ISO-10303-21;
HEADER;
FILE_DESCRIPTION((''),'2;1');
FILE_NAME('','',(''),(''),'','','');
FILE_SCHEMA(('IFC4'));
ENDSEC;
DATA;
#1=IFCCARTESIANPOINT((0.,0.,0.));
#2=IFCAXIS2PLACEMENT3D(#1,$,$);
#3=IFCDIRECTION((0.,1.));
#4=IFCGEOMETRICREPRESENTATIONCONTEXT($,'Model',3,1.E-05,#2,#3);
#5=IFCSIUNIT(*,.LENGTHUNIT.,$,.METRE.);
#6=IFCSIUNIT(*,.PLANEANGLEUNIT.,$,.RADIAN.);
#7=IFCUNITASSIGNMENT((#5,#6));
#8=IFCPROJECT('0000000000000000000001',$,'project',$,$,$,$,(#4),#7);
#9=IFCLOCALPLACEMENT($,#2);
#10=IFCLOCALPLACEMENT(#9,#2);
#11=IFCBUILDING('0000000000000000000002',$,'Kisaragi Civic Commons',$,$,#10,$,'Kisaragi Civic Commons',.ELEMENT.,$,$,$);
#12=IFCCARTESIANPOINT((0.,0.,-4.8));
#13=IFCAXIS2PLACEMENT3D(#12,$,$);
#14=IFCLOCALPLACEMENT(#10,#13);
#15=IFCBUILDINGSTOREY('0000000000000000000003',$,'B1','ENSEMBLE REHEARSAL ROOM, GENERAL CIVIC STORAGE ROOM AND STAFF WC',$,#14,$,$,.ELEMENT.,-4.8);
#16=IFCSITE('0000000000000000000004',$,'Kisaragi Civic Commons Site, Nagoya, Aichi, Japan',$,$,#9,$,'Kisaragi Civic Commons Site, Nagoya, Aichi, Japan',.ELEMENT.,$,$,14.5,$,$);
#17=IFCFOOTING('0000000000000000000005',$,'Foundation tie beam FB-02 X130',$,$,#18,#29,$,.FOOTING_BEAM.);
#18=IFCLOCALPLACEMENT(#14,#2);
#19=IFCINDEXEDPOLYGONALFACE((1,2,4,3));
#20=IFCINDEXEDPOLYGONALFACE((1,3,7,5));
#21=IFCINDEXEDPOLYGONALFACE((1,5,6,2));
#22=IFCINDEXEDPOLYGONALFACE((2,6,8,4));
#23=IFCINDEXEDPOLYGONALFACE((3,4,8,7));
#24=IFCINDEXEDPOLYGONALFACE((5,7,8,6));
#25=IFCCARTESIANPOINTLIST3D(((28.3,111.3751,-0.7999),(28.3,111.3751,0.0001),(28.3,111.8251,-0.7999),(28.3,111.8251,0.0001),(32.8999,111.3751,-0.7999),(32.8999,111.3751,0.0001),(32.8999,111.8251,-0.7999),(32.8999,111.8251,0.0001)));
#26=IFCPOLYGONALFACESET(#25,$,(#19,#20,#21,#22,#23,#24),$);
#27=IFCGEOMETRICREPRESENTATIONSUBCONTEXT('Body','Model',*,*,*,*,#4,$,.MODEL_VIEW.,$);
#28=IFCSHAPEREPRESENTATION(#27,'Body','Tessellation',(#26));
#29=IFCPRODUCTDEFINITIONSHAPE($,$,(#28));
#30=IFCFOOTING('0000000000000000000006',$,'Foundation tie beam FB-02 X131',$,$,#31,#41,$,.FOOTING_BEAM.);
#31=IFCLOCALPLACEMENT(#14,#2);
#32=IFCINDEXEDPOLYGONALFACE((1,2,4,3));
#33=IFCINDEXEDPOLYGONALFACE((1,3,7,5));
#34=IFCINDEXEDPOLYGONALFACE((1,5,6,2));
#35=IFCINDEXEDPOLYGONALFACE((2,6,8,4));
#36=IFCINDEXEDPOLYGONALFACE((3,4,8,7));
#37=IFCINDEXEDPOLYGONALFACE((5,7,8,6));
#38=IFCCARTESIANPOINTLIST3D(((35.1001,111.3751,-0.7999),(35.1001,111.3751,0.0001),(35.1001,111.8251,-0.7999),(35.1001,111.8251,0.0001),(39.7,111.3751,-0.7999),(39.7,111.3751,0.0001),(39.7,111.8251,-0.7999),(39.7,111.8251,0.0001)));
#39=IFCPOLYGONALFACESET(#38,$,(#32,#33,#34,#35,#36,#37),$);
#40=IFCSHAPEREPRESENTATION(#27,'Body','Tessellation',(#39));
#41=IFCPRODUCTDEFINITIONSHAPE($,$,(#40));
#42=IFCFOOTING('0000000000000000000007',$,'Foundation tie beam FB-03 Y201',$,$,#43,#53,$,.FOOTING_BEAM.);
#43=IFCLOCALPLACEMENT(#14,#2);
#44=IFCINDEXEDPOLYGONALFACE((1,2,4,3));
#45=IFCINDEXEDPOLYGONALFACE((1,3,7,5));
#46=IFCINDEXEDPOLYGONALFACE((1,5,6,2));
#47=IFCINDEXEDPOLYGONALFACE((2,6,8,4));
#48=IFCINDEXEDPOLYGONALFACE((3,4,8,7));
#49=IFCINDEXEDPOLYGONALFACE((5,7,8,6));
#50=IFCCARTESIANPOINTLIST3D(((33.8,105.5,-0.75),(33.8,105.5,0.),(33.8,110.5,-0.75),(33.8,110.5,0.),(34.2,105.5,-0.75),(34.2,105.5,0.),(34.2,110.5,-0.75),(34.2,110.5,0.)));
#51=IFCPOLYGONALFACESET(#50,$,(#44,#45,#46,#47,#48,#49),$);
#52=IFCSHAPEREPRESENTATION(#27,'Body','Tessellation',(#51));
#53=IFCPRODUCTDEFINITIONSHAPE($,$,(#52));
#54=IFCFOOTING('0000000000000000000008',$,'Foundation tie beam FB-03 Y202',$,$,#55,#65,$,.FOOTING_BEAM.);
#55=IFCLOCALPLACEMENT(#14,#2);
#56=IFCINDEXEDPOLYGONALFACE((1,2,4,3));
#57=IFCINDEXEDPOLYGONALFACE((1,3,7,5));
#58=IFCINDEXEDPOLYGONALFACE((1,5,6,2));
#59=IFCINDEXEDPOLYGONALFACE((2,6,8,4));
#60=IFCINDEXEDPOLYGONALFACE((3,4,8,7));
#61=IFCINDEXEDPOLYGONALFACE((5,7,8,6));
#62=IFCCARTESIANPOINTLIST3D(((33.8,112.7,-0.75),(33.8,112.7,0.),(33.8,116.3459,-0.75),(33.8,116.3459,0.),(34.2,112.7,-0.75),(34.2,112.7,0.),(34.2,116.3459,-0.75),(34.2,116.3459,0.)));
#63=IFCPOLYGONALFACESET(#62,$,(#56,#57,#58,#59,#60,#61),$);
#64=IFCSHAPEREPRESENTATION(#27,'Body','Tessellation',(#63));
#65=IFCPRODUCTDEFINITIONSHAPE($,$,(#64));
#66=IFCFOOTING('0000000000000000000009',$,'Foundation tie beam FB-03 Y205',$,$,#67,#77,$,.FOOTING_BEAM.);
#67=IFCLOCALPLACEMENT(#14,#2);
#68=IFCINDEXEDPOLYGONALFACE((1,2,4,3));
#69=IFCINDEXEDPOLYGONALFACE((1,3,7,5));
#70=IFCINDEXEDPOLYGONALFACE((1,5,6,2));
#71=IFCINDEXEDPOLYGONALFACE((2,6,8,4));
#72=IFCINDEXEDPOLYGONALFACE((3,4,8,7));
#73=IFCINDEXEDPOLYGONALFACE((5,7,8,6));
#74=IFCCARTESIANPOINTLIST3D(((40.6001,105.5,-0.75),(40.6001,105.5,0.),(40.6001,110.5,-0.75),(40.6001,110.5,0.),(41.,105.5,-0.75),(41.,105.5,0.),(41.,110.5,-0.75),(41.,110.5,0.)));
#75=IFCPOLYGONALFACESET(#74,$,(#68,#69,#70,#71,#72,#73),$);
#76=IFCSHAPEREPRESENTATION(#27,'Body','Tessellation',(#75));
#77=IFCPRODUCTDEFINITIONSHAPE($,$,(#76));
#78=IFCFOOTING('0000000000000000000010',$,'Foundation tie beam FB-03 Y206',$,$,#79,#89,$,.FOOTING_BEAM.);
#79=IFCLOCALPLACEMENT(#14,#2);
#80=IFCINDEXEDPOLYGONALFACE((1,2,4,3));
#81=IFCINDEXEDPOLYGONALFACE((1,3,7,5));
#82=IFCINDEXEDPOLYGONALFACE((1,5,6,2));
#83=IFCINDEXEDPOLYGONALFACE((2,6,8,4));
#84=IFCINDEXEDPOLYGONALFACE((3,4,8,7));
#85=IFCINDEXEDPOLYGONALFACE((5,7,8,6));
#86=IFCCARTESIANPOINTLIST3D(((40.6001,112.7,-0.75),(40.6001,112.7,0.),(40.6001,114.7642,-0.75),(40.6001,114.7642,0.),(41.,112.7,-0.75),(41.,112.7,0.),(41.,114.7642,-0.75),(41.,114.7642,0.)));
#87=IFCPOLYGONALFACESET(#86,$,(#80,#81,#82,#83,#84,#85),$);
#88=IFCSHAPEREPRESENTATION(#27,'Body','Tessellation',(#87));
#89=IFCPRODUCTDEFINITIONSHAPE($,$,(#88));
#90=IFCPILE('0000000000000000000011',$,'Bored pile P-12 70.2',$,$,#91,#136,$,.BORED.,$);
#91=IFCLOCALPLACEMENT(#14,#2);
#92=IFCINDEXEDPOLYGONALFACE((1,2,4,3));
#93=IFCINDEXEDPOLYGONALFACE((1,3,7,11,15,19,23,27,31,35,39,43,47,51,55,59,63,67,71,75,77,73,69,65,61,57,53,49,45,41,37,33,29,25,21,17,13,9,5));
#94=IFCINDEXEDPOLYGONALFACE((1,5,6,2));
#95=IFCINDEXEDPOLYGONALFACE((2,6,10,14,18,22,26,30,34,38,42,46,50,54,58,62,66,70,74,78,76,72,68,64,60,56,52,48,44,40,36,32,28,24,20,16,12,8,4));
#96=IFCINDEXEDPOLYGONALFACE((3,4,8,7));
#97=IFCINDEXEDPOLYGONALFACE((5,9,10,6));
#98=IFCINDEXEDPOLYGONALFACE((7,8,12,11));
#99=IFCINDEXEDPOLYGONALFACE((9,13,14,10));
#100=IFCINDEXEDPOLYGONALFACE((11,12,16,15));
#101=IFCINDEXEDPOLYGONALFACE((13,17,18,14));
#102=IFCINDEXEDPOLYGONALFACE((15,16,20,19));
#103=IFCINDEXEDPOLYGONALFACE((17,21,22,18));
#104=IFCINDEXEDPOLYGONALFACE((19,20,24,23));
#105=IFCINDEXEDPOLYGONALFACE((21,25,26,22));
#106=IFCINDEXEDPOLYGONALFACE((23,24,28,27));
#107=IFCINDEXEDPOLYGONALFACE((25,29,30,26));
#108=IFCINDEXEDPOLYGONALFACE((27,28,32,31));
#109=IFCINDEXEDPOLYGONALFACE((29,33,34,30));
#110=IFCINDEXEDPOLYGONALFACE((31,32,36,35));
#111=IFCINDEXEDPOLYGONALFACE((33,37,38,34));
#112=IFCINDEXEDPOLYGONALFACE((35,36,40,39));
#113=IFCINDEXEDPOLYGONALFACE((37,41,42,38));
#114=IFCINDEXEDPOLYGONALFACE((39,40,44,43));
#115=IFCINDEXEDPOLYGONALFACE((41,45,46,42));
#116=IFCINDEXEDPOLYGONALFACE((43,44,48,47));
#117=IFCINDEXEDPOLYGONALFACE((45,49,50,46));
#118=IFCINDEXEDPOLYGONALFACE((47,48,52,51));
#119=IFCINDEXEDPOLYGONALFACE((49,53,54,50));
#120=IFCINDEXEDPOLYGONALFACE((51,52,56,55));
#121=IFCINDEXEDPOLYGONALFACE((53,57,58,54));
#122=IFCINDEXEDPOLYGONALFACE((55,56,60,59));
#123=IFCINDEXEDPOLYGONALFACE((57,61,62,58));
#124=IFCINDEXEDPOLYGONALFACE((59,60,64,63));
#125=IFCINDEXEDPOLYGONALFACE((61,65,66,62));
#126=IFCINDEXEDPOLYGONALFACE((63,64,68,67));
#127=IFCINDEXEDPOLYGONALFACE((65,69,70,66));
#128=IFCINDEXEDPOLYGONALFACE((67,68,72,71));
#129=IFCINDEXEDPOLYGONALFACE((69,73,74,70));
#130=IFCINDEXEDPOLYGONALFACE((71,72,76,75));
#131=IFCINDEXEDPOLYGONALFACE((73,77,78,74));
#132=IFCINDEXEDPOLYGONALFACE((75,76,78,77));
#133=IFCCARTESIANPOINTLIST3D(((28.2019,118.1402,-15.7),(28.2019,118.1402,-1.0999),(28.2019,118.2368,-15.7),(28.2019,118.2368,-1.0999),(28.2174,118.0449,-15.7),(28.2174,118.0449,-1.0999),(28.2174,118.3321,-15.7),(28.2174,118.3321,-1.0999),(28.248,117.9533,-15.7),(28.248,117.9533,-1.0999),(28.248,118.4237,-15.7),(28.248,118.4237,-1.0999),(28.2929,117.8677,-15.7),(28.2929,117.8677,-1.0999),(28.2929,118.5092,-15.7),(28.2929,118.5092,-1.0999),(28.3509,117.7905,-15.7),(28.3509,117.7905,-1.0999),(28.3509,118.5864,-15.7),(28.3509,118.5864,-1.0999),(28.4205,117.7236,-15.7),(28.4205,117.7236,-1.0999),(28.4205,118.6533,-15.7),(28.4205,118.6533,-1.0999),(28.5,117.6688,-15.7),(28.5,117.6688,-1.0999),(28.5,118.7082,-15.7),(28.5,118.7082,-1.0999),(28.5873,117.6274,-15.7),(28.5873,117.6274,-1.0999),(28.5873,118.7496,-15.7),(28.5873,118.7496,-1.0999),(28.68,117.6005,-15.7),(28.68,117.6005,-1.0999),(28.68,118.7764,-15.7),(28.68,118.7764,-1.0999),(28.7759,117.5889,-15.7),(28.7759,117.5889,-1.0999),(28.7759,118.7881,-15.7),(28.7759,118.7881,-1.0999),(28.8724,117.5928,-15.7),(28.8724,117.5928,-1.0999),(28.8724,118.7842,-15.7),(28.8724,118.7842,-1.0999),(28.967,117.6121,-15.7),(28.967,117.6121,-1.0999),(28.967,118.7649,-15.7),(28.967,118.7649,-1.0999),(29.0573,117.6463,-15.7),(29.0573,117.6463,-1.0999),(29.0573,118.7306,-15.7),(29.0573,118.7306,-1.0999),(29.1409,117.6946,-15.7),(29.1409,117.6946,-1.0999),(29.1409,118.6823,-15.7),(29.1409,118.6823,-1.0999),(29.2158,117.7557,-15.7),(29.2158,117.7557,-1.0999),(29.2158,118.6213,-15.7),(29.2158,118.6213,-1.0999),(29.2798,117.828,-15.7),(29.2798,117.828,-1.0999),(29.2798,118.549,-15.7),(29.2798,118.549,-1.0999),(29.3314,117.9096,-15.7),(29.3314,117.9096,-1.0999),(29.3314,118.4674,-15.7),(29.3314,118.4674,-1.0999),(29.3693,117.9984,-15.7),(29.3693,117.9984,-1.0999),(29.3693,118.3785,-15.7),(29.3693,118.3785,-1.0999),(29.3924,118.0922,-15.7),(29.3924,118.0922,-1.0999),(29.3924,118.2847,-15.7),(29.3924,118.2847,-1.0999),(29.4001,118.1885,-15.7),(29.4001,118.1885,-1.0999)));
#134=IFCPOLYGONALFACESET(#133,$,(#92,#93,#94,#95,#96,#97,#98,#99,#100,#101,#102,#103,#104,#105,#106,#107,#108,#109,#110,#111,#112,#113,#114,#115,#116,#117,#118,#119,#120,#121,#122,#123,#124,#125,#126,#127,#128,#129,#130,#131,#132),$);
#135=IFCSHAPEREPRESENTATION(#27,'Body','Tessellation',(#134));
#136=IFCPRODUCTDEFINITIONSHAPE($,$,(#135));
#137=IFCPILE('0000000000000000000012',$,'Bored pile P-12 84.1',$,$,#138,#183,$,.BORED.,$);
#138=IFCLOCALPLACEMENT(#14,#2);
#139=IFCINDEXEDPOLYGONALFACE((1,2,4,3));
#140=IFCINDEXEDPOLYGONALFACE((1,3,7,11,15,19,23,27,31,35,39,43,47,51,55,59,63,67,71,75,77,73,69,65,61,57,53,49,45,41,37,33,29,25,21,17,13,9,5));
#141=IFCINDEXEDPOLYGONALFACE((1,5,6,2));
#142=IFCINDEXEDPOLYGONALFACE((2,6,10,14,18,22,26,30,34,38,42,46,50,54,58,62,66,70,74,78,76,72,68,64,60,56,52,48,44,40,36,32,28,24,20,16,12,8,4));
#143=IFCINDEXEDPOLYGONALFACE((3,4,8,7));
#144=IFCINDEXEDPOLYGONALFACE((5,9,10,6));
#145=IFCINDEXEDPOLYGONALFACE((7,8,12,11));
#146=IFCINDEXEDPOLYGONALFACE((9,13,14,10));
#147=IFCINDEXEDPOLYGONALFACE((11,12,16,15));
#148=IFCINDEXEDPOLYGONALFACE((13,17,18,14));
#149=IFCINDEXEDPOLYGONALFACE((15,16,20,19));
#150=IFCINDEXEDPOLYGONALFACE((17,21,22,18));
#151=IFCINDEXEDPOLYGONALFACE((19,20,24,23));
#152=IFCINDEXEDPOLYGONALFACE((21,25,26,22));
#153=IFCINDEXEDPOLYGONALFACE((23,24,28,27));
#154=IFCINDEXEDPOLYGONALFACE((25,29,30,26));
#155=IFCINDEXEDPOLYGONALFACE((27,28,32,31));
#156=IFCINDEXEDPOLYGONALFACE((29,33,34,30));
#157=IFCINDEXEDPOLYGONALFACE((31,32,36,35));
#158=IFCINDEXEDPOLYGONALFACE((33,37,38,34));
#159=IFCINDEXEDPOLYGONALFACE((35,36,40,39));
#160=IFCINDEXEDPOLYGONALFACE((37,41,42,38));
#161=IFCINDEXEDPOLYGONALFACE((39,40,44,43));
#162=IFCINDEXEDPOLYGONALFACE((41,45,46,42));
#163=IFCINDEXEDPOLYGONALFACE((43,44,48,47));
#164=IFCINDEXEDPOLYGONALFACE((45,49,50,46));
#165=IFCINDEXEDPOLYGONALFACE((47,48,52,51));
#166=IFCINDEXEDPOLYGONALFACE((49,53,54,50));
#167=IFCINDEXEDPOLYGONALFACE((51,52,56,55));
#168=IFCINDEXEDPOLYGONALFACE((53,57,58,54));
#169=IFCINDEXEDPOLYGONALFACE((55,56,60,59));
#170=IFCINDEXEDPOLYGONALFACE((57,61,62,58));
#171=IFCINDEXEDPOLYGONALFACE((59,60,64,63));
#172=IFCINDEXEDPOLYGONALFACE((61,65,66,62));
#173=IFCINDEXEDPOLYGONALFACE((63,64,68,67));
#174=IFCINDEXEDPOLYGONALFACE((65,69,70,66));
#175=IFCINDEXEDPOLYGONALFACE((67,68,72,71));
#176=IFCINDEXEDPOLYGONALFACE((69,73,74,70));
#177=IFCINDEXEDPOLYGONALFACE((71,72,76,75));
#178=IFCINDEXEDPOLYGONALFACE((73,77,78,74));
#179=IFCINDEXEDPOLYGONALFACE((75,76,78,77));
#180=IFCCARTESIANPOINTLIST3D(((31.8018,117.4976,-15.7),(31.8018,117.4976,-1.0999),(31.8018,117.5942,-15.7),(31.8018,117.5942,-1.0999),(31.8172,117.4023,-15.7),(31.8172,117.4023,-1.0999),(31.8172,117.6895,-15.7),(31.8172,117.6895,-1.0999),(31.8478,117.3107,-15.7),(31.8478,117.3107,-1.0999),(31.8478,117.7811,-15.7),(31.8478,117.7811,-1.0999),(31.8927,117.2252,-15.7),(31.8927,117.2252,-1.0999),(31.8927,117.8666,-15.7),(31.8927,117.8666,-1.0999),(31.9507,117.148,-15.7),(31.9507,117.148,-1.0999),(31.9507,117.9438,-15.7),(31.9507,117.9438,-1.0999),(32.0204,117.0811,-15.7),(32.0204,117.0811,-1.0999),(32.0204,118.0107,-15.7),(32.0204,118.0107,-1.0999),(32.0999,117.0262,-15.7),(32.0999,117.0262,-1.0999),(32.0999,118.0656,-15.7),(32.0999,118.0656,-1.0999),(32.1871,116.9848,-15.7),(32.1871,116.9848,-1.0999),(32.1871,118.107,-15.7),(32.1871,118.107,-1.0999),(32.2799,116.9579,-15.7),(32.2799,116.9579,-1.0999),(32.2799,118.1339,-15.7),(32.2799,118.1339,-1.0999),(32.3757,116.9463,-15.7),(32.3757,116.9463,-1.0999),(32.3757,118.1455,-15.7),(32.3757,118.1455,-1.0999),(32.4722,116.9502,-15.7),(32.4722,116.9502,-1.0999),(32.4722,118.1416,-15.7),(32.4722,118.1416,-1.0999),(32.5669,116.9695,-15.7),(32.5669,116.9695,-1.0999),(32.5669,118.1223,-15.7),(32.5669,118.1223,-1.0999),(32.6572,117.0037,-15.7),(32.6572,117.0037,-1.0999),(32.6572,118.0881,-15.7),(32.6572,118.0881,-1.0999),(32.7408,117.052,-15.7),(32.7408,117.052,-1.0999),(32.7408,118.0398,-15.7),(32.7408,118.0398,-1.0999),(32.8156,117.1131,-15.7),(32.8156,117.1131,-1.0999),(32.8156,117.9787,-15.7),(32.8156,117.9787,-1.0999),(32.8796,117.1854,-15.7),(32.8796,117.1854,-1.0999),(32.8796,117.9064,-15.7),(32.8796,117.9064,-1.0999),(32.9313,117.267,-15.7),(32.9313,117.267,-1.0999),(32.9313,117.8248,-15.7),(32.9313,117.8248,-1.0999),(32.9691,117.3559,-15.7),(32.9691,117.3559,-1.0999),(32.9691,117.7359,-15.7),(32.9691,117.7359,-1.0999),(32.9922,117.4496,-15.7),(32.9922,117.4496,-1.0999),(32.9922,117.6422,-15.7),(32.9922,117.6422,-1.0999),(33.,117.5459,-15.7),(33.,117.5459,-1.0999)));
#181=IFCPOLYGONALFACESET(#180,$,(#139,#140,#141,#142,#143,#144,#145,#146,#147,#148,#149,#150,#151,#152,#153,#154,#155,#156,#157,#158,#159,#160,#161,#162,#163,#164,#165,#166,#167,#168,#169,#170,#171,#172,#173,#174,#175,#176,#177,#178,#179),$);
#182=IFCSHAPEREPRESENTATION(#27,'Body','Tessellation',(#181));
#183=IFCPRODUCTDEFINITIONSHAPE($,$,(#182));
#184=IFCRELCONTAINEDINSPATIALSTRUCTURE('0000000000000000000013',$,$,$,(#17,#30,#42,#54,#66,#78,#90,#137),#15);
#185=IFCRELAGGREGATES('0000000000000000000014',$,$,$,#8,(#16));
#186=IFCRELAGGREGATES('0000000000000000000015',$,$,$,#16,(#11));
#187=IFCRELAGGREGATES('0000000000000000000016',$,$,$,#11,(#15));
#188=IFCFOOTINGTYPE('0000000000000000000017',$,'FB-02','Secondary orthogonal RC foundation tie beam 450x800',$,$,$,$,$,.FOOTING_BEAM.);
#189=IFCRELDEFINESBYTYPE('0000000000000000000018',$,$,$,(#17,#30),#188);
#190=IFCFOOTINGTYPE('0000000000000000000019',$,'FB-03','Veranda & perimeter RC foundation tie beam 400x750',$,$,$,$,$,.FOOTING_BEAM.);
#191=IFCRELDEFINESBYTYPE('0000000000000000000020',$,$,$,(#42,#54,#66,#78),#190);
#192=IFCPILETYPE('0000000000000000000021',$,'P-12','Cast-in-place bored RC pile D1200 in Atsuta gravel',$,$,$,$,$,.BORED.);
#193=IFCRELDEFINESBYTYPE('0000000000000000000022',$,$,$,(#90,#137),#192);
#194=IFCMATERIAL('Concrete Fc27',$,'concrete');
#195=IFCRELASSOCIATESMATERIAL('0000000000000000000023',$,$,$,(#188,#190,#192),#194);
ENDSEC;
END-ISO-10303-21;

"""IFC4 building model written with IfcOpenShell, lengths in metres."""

from ifc_helpers import new_model, si_unit, direction, frame, origin, origin_2d, place, context, subcontext, project, spatial, rectangle, circle, extrude, material, material_profile, profile_set, type_object, element, save


model = new_model("IFC4")

# Units and contexts
model_context = context("Model", 3, precision=1e-05, world=origin(), true_north=direction((0.0, 1.0)))
body_context = subcontext(model_context, "Body", "Model", "MODEL_VIEW")
ifc_project = project(units=[si_unit("LENGTHUNIT", "METRE"), si_unit("PLANEANGLEUNIT", "RADIAN")], contexts=[model_context])

# Site, building, storey
site_placement = place(None, origin())
site = spatial("IfcSite", under=ifc_project, at=site_placement, Name="Kisaragi Civic Commons Site, Nagoya, Aichi, Japan", LongName="Kisaragi Civic Commons Site, Nagoya, Aichi, Japan", CompositionType="ELEMENT", RefElevation=14.5)
building_placement = place(site_placement, origin())
building = spatial("IfcBuilding", under=site, at=building_placement, Name="Kisaragi Civic Commons", LongName="Kisaragi Civic Commons", CompositionType="ELEMENT")
storey_placement = place(building_placement, frame((0.0, 0.0, -4.8)))
storey = spatial("IfcBuildingStorey", under=building, at=storey_placement, Name="B1", Description="ENSEMBLE REHEARSAL ROOM, GENERAL CIVIC STORAGE ROOM AND STAFF WC", CompositionType="ELEMENT", Elevation=-4.8)

# Footings
ifc_material_1 = material(Name="Concrete Fc27", Category="concrete")
ifc_material_profile_1 = material_profile(ifc_material_1, rectangle(XDim=0.45, YDim=0.8, at=origin_2d()), Name="RC-450x800", Category="concrete")
ifc_profile_set_1 = profile_set([ifc_material_profile_1], Name="Concrete Fc27")
footing_type_1 = type_object("IfcFootingType", Name="FB-02", Description="Secondary orthogonal RC foundation tie beam 450x800", PredefinedType="FOOTING_BEAM", material=ifc_profile_set_1)
for number, where, z_axis, x_axis, name in (
    (1, (28.3, 111.6001, -0.3999), (1.0, 0.0, 0.0), (0.0, 1.0, 0.0), "Foundation tie beam FB-02 X130"),
    (2, (35.1001, 111.6001, -0.3999), (1.0, 0.0, 0.0), (0.0, 1.0, 0.0), "Foundation tie beam FB-02 X131"),
):
    element("IfcFooting", number, at=place(storey_placement, frame(where, z_axis=z_axis, x_axis=x_axis)), inside=storey, type_object=footing_type_1, Name=name, PredefinedType="FOOTING_BEAM", context=body_context, shape_type="SweptSolid", body=[
        extrude(rectangle(XDim=0.45, YDim=0.8, at=origin_2d()), origin(), (0.0, 0.0, 1.0), 4.5999),
    ])
ifc_material_profile_2 = material_profile(ifc_material_1, rectangle(XDim=0.3999, YDim=0.75, at=origin_2d()), Name="RC-400x750", Category="concrete")
ifc_profile_set_2 = profile_set([ifc_material_profile_2], Name="Concrete Fc27")
footing_type_2 = type_object("IfcFootingType", Name="FB-03", Description="Veranda & perimeter RC foundation tie beam 400x750", PredefinedType="FOOTING_BEAM", material=ifc_profile_set_2)
footing_1_placement = place(storey_placement, frame((34.0, 105.5, -0.375), z_axis=(0.0, 1.0, 0.0), x_axis=(-1.0, 0.0, 0.0)))
element("IfcFooting", 3, at=footing_1_placement, inside=storey, type_object=footing_type_2, Name="Foundation tie beam FB-03 Y201", PredefinedType="FOOTING_BEAM", context=body_context, shape_type="SweptSolid", body=[
    extrude(rectangle(XDim=0.3999, YDim=0.75, at=origin_2d()), origin(), (0.0, 0.0, 1.0), 5.0),
])
footing_2_placement = place(storey_placement, frame((34.0, 112.7, -0.375), z_axis=(0.0, 1.0, 0.0), x_axis=(-1.0, 0.0, 0.0)))
element("IfcFooting", 4, at=footing_2_placement, inside=storey, type_object=footing_type_2, Name="Foundation tie beam FB-03 Y202", PredefinedType="FOOTING_BEAM", context=body_context, shape_type="SweptSolid", body=[
    extrude(rectangle(XDim=0.3999, YDim=0.75, at=origin_2d()), origin(), (0.0, 0.0, 1.0), 3.646),
])
footing_3_placement = place(storey_placement, frame((40.8, 105.5, -0.375), z_axis=(0.0, 1.0, 0.0), x_axis=(-1.0, 0.0, 0.0)))
element("IfcFooting", 5, at=footing_3_placement, inside=storey, type_object=footing_type_2, Name="Foundation tie beam FB-03 Y205", PredefinedType="FOOTING_BEAM", context=body_context, shape_type="SweptSolid", body=[
    extrude(rectangle(XDim=0.3999, YDim=0.75, at=origin_2d()), origin(), (0.0, 0.0, 1.0), 5.0),
])
footing_4_placement = place(storey_placement, frame((40.8, 112.7, -0.375), z_axis=(0.0, 1.0, 0.0), x_axis=(-1.0, 0.0, 0.0)))
element("IfcFooting", 6, at=footing_4_placement, inside=storey, type_object=footing_type_2, Name="Foundation tie beam FB-03 Y206", PredefinedType="FOOTING_BEAM", context=body_context, shape_type="SweptSolid", body=[
    extrude(rectangle(XDim=0.3999, YDim=0.75, at=origin_2d()), origin(), (0.0, 0.0, 1.0), 2.0642),
])

# Piles
ifc_material_profile_3 = material_profile(ifc_material_1, circle(Radius=0.6001, at=origin_2d()), Name="PILE-D1200", Category="concrete")
ifc_profile_set_3 = profile_set([ifc_material_profile_3], Name="Concrete Fc27")
pile_type = type_object("IfcPileType", Name="P-12", Description="Cast-in-place bored RC pile D1200 in Atsuta gravel", PredefinedType="BORED", material=ifc_profile_set_3)
for number, where, z_axis, x_axis, name in (
    (7, (28.8, 118.1885, -1.0999), (0.0, 0.0, -1.0), (1.0, 0.0, 0.0), "Bored pile P-12 70.2"),
    (8, (32.3999, 117.5459, -1.0999), (0.0, 0.0, -1.0), (1.0, 0.0, 0.0), "Bored pile P-12 84.1"),
):
    element("IfcPile", number, at=place(storey_placement, frame(where, z_axis=z_axis, x_axis=x_axis)), inside=storey, type_object=pile_type, Name=name, PredefinedType="BORED", context=body_context, shape_type="SweptSolid", body=[
        extrude(circle(Radius=0.6001, at=origin_2d()), origin(), (0.0, 0.0, 1.0), 14.6001),
    ])

save(model, "model.ifc")
